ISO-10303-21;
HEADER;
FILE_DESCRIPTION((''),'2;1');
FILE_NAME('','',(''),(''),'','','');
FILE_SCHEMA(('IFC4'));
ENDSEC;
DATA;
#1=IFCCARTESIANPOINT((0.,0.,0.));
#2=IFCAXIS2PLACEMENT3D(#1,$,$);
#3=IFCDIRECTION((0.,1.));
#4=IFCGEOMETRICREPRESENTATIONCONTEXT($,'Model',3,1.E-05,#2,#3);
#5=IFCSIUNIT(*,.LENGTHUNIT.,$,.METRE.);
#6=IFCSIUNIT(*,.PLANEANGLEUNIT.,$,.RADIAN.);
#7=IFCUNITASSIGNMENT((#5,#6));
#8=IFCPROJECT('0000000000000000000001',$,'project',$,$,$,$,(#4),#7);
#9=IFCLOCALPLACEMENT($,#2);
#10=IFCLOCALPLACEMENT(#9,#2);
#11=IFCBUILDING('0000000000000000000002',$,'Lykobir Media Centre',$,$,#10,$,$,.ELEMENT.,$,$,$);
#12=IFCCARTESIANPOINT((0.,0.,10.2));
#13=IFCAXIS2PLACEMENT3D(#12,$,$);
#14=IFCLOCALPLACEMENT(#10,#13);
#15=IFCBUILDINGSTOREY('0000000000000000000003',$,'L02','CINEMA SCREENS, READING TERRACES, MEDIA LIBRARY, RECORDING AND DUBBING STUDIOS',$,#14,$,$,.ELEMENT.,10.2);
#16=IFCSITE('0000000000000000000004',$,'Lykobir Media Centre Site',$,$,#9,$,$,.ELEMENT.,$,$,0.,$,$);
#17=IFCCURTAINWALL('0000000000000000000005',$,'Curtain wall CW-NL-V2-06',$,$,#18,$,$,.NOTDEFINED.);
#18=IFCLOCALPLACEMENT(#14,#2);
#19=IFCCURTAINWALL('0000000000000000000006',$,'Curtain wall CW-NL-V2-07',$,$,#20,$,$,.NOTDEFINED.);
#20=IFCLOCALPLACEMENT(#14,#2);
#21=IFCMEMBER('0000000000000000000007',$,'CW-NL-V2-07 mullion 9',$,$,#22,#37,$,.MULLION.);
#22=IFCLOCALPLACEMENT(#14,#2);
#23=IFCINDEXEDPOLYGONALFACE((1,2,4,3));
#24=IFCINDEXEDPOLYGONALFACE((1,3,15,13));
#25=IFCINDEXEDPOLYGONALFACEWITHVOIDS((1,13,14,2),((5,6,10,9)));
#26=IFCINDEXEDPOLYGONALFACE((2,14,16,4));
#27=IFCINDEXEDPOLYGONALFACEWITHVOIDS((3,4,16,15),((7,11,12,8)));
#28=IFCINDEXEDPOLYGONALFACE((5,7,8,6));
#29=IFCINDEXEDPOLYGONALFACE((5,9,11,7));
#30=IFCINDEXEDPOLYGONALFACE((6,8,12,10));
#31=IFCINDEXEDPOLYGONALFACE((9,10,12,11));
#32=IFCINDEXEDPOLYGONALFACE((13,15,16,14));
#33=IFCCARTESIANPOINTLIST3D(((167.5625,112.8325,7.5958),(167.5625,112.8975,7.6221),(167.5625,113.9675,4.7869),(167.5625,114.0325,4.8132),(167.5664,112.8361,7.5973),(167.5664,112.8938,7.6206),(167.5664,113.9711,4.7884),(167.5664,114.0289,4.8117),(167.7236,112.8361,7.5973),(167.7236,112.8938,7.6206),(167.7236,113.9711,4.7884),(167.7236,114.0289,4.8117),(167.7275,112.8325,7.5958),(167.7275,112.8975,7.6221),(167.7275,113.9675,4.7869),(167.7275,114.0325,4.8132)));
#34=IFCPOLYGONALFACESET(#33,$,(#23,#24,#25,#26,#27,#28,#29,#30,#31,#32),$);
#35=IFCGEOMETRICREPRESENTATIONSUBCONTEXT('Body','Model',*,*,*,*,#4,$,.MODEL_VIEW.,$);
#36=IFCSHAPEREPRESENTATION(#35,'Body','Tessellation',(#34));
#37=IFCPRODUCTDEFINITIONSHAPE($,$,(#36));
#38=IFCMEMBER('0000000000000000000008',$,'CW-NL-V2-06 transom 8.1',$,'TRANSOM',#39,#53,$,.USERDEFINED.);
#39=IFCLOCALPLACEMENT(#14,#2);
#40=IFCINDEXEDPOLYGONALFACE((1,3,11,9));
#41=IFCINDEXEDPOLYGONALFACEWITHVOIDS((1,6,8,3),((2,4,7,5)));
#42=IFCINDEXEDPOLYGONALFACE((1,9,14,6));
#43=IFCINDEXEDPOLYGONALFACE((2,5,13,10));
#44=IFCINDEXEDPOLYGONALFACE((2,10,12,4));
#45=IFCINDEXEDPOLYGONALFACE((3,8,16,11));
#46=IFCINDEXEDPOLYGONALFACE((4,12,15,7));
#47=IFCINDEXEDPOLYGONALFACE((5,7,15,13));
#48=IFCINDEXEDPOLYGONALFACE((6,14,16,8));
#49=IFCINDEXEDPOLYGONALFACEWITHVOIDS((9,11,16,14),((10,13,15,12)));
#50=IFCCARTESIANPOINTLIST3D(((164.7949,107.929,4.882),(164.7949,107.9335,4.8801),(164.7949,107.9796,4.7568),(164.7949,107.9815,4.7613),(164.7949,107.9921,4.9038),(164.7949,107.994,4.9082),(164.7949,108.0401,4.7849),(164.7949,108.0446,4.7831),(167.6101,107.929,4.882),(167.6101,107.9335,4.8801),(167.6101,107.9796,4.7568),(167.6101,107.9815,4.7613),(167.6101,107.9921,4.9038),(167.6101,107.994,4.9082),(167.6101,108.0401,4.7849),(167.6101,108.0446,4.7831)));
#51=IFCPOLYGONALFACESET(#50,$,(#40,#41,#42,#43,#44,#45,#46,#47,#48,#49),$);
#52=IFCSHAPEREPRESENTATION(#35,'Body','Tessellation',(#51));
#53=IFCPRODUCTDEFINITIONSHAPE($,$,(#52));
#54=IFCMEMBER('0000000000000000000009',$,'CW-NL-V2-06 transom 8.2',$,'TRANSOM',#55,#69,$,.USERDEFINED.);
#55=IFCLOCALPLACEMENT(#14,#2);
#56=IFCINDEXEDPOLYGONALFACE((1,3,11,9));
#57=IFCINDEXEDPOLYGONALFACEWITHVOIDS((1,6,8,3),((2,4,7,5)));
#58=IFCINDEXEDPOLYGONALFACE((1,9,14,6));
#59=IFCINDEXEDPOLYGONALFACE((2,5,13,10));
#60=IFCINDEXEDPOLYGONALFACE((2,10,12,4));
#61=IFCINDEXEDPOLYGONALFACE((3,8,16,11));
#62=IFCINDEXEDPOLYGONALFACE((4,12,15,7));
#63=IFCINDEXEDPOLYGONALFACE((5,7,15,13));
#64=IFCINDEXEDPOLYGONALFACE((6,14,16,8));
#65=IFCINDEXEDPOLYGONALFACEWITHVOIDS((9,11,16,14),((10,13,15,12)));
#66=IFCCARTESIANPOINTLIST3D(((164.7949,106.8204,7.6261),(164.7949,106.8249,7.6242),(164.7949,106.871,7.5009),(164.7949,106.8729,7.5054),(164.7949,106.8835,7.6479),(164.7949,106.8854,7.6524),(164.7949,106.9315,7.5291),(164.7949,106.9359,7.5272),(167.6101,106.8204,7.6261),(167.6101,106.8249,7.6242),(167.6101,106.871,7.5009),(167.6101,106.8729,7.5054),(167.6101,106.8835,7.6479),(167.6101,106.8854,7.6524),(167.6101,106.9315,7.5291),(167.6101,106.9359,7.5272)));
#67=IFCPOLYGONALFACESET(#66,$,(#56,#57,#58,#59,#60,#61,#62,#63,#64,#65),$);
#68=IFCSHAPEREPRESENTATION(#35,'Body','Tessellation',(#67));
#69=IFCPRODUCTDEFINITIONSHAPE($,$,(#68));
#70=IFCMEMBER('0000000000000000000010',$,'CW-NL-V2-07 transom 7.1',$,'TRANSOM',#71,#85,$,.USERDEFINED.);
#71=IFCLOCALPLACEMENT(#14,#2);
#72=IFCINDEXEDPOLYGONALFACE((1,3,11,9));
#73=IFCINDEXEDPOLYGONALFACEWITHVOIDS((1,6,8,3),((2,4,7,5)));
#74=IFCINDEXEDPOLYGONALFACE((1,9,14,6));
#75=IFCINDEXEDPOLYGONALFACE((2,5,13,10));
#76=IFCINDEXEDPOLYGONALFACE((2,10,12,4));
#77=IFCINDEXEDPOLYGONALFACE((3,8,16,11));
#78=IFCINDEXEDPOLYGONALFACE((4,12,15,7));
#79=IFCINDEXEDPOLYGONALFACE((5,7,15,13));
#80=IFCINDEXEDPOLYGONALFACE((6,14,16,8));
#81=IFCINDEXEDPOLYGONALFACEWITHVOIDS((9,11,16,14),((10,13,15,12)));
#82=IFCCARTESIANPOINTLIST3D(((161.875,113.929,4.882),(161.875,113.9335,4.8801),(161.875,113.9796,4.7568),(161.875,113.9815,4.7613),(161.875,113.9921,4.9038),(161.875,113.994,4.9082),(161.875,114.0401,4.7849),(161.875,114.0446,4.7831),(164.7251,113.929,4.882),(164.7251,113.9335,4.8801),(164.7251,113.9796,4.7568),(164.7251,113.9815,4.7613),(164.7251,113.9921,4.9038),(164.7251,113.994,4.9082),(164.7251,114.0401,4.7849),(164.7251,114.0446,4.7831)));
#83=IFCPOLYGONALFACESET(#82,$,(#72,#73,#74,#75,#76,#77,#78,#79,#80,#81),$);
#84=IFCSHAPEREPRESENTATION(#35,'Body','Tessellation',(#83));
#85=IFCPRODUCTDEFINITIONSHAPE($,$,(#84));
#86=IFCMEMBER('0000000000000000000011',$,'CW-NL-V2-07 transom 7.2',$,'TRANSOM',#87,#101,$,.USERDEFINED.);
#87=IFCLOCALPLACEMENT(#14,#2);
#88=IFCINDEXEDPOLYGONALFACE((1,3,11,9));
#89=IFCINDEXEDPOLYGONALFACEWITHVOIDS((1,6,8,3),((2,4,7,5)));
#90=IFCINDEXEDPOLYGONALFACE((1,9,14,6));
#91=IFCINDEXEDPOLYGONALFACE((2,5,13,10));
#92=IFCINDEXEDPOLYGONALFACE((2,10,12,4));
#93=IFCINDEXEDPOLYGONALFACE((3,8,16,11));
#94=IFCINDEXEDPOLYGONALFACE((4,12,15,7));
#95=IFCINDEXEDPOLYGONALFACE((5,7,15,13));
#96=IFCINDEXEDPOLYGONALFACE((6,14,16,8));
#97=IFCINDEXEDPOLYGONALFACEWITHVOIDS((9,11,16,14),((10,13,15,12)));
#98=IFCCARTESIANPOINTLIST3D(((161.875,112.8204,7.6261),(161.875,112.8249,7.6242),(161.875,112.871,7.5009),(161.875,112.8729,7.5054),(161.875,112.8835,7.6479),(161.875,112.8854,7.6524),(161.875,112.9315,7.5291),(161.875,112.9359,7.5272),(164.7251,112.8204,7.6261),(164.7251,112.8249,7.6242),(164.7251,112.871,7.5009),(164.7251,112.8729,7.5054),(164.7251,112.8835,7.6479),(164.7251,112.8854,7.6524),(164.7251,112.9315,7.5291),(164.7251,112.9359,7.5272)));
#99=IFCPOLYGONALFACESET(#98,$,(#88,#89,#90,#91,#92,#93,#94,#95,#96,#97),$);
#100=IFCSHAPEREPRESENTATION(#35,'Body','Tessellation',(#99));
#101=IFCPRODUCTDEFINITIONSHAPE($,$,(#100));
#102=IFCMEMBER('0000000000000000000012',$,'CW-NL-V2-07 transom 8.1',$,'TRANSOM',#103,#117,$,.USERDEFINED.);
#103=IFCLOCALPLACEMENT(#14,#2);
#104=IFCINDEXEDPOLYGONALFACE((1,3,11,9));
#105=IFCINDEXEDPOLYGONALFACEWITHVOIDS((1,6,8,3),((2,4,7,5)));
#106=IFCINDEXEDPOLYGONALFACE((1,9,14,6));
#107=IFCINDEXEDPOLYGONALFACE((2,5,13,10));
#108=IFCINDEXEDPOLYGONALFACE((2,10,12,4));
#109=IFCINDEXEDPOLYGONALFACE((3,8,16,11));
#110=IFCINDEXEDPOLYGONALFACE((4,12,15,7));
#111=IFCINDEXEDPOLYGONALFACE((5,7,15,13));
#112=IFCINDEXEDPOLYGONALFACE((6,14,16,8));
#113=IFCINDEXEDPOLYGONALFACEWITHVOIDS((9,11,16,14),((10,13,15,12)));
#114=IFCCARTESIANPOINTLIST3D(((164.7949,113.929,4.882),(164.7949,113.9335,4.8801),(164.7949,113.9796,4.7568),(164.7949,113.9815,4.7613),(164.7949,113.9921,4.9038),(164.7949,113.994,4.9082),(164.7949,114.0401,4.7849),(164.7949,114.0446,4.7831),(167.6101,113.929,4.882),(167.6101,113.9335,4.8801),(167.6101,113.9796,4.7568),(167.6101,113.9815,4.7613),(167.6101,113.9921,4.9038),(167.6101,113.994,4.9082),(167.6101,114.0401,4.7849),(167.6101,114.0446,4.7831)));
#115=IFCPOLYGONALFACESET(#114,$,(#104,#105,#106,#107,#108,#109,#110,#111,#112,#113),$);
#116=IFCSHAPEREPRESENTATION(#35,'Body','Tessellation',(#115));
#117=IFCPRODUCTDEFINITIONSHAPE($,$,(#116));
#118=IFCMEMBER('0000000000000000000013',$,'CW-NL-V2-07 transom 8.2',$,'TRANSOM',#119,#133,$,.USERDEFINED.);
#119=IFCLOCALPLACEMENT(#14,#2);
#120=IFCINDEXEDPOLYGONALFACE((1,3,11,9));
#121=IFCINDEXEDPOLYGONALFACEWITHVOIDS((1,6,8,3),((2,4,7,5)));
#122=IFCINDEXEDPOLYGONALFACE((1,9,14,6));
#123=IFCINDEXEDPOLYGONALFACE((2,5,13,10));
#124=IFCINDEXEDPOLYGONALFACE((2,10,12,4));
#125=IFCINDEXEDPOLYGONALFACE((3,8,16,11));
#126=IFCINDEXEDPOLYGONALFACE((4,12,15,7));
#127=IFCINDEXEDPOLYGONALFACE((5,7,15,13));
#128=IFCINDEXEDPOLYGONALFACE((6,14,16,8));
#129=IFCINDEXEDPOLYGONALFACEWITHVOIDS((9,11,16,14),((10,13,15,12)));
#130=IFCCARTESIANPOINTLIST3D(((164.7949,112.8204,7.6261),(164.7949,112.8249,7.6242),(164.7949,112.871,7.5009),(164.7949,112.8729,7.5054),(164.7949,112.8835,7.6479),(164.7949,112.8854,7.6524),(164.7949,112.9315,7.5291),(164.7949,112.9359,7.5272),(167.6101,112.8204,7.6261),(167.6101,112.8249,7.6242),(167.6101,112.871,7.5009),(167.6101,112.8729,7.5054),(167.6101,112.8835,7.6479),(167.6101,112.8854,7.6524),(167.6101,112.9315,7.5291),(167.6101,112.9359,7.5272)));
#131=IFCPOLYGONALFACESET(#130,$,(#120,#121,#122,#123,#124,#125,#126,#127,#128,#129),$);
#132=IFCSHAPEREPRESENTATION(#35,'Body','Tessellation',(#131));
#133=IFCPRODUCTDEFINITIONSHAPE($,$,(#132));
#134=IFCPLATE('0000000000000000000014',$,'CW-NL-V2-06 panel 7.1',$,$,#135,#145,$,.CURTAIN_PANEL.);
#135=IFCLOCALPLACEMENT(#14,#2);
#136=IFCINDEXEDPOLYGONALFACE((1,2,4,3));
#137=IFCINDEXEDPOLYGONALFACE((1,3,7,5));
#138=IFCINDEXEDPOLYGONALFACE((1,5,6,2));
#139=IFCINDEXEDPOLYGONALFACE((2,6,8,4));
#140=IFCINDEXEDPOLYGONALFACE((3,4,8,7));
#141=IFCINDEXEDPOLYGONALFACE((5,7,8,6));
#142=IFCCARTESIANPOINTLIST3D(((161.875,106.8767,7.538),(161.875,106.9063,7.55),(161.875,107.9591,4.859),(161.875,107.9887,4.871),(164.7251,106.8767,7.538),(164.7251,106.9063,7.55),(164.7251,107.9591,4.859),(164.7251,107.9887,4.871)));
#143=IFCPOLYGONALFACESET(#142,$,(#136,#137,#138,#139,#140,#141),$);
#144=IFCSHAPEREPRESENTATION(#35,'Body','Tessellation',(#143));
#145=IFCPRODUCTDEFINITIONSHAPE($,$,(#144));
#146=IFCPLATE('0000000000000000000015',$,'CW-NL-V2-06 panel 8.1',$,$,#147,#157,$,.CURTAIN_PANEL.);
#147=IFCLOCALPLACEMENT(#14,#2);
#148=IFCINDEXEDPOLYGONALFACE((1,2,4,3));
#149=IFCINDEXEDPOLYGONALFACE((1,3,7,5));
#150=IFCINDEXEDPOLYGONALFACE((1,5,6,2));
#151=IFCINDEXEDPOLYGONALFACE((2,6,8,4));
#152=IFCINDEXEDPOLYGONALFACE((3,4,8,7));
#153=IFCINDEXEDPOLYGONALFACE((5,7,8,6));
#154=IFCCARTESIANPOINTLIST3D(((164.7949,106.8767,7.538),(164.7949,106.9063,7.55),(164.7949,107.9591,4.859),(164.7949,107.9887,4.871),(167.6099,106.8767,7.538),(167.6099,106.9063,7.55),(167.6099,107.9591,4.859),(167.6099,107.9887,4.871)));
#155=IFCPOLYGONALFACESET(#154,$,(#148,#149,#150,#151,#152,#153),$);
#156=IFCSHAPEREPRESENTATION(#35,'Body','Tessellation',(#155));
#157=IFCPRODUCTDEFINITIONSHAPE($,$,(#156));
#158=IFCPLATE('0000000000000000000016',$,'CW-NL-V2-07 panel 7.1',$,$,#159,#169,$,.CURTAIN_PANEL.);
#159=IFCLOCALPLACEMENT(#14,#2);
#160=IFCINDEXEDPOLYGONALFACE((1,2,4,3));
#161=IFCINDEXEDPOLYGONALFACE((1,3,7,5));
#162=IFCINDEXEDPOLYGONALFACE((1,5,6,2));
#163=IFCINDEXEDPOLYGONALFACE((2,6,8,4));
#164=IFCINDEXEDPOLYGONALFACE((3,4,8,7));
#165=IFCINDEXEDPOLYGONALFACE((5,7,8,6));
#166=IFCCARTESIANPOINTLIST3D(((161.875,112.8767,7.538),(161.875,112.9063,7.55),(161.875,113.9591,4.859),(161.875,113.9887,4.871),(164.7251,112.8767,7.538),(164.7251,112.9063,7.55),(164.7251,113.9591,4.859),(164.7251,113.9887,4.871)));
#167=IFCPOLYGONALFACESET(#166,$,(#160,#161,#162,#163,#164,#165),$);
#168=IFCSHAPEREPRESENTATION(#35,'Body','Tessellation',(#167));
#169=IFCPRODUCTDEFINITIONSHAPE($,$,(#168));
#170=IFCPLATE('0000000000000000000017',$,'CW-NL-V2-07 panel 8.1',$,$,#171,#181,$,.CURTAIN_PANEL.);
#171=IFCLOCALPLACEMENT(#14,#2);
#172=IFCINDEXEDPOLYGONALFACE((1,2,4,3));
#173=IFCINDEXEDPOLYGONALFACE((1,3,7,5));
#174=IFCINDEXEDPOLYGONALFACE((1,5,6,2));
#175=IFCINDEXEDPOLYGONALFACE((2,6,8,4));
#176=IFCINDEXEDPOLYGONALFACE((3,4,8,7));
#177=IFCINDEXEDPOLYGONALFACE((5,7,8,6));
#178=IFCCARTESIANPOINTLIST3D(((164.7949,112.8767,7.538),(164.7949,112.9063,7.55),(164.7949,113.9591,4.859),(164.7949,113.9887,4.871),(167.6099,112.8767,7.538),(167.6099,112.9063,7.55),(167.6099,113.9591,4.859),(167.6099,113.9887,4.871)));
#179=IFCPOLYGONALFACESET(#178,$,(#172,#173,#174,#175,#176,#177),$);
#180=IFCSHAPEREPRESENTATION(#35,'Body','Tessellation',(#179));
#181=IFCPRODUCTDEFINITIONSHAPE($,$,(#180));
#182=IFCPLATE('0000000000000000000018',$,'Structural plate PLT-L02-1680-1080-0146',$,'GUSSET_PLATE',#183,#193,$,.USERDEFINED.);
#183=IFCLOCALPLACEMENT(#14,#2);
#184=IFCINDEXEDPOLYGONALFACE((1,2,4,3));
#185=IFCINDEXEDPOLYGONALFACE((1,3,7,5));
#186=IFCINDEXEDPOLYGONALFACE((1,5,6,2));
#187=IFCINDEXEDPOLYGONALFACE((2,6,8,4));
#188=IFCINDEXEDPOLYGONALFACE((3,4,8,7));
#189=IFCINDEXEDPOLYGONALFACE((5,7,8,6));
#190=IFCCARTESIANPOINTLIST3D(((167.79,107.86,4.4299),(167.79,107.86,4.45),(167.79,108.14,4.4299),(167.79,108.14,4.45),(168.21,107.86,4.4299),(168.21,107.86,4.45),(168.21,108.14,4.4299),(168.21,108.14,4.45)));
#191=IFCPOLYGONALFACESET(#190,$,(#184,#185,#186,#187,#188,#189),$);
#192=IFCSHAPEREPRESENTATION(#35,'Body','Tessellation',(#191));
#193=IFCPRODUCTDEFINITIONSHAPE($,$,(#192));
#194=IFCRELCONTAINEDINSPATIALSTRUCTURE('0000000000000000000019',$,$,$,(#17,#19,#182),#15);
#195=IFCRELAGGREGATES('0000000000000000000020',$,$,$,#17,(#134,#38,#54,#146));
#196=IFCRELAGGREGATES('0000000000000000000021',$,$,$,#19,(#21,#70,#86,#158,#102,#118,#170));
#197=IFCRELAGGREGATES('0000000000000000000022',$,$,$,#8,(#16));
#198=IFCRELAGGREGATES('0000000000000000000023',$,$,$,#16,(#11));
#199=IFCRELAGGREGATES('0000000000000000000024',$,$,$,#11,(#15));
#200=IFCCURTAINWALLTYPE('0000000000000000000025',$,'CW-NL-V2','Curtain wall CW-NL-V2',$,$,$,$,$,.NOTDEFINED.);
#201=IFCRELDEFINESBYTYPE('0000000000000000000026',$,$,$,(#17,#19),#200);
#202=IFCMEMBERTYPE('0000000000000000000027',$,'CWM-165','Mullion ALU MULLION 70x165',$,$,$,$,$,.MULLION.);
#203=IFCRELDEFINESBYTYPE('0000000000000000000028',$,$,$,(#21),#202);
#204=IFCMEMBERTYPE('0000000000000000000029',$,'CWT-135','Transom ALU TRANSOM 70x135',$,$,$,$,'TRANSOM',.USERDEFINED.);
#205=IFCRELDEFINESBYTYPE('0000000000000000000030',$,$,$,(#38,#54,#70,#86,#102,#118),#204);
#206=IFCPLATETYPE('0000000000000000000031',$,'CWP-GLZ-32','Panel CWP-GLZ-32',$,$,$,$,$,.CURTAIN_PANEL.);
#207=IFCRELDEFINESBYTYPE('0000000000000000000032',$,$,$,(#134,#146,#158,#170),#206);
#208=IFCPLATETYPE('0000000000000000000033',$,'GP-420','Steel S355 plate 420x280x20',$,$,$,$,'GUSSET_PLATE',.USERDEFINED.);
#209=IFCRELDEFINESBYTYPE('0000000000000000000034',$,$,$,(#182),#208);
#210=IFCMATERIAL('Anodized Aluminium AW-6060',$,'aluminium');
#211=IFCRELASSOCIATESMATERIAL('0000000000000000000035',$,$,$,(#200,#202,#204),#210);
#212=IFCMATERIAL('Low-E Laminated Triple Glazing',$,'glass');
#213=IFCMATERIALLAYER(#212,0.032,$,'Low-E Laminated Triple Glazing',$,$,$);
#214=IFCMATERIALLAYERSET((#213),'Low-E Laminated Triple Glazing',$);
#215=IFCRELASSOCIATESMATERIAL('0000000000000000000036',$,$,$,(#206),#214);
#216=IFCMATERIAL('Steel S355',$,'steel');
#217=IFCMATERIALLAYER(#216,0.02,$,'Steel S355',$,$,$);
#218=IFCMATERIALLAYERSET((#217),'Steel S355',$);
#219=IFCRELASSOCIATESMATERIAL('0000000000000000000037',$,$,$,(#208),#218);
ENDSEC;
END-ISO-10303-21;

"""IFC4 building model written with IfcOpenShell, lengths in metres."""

from ifc_helpers import new_model, si_unit, direction, frame, origin, origin_2d, place, context, subcontext, project, spatial, rectangle, hollow_rectangle, extrude, material, layer, layer_set, material_profile, profile_set, type_object, element, aggregate, save


model = new_model("IFC4")

# Units and contexts
model_context = context("Model", 3, precision=1e-05, world=origin(), true_north=direction((0.0, 1.0)))
body_context = subcontext(model_context, "Body", "Model", "MODEL_VIEW")
ifc_project = project(units=[si_unit("LENGTHUNIT", "METRE"), si_unit("PLANEANGLEUNIT", "RADIAN")], contexts=[model_context])

# Site, building, storey
site_placement = place(None, origin())
site = spatial("IfcSite", under=ifc_project, at=site_placement, Name="Lykobir Media Centre Site", CompositionType="ELEMENT", RefElevation=0.0)
building_placement = place(site_placement, origin())
building = spatial("IfcBuilding", under=site, at=building_placement, Name="Lykobir Media Centre", CompositionType="ELEMENT")
storey_placement = place(building_placement, frame((0.0, 0.0, 10.2)))
storey = spatial("IfcBuildingStorey", under=building, at=storey_placement, Name="L02", Description="CINEMA SCREENS, READING TERRACES, MEDIA LIBRARY, RECORDING AND DUBBING STUDIOS", CompositionType="ELEMENT", Elevation=10.2)

# Shared definitions
ifc_material_1 = material(Name="Steel S355", Category="steel")

# Curtain walls, member
ifc_material_2 = material(Name="Anodized Aluminium AW-6060", Category="aluminium")
curtain_wall_type = type_object("IfcCurtainWallType", Name="CW-NL-V2", Description="Curtain wall CW-NL-V2", PredefinedType="NOTDEFINED", material=ifc_material_2)
curtain_wall_1_placement = place(storey_placement, origin())
curtain_wall_1 = element("IfcCurtainWall", 1, at=curtain_wall_1_placement, inside=storey, type_object=curtain_wall_type, Name="Curtain wall CW-NL-V2-06", PredefinedType="NOTDEFINED")
ifc_material_profile_1 = material_profile(ifc_material_2, hollow_rectangle(XDim=0.0701, YDim=0.165, WallThickness=0.0039, at=origin_2d()), Name="ALU MULLION 70x165")
ifc_profile_set_1 = profile_set([ifc_material_profile_1], Name="Anodized Aluminium AW-6060")
member_type_1 = type_object("IfcMemberType", Name="CWM-165", Description="Mullion ALU MULLION 70x165", PredefinedType="MULLION", material=ifc_profile_set_1)
curtain_wall_2_placement = place(storey_placement, origin())
curtain_wall_2 = element("IfcCurtainWall", 2, at=curtain_wall_2_placement, inside=storey, type_object=curtain_wall_type, Name="Curtain wall CW-NL-V2-07", PredefinedType="NOTDEFINED")
member_1_placement = place(storey_placement, frame((167.645, 114.0, 4.8), z_axis=(0.0, -0.374654, 0.927165), x_axis=(0.0, 0.927165, 0.374654)))
member_1 = element("IfcMember", 3, at=member_1_placement, type_object=member_type_1, Name="CW-NL-V2-07 mullion 9", PredefinedType="MULLION", context=body_context, shape_type="SweptSolid", body=[
    extrude(hollow_rectangle(XDim=0.0701, YDim=0.165, WallThickness=0.0039, at=origin_2d()), origin(), (0.0, 0.0, 1.0), 3.0295),
])

# Members
ifc_material_profile_2 = material_profile(ifc_material_2, hollow_rectangle(XDim=0.0701, YDim=0.135, WallThickness=0.0034, at=origin_2d()), Name="ALU TRANSOM 70x135")
ifc_profile_set_2 = profile_set([ifc_material_profile_2], Name="Anodized Aluminium AW-6060")
member_type_2 = type_object("IfcMemberType", Name="CWT-135", Description="Transom ALU TRANSOM 70x135", ElementType="TRANSOM", PredefinedType="USERDEFINED", material=ifc_profile_set_2)
member_2_placement = place(storey_placement, frame((164.7949, 107.9868, 4.8325), z_axis=(1.0, 0.0, 0.0), x_axis=(0.0, 0.927184, 0.374607)))
member_2 = element("IfcMember", 4, at=member_2_placement, type_object=member_type_2, Name="CW-NL-V2-06 transom 8.1", ObjectType="TRANSOM", PredefinedType="USERDEFINED", context=body_context, shape_type="SweptSolid", body=[
    extrude(hollow_rectangle(XDim=0.0701, YDim=0.135, WallThickness=0.0034, at=origin_2d()), origin(), (0.0, 0.0, 1.0), 2.8152),
])
member_3_placement = place(storey_placement, frame((164.7949, 106.8782, 7.5767), z_axis=(1.0, 0.0, 0.0), x_axis=(0.0, 0.927184, 0.374607)))
member_3 = element("IfcMember", 5, at=member_3_placement, type_object=member_type_2, Name="CW-NL-V2-06 transom 8.2", ObjectType="TRANSOM", PredefinedType="USERDEFINED", context=body_context, shape_type="SweptSolid", body=[
    extrude(hollow_rectangle(XDim=0.0701, YDim=0.135, WallThickness=0.0034, at=origin_2d()), origin(), (0.0, 0.0, 1.0), 2.8152),
])
member_4_placement = place(storey_placement, frame((161.875, 113.9868, 4.8325), z_axis=(1.0, 0.0, 0.0), x_axis=(0.0, 0.927184, 0.374607)))
member_4 = element("IfcMember", 6, at=member_4_placement, type_object=member_type_2, Name="CW-NL-V2-07 transom 7.1", ObjectType="TRANSOM", PredefinedType="USERDEFINED", context=body_context, shape_type="SweptSolid", body=[
    extrude(hollow_rectangle(XDim=0.0701, YDim=0.135, WallThickness=0.0034, at=origin_2d()), origin(), (0.0, 0.0, 1.0), 2.8501),
])
member_5_placement = place(storey_placement, frame((161.875, 112.8782, 7.5767), z_axis=(1.0, 0.0, 0.0), x_axis=(0.0, 0.927184, 0.374607)))
member_5 = element("IfcMember", 7, at=member_5_placement, type_object=member_type_2, Name="CW-NL-V2-07 transom 7.2", ObjectType="TRANSOM", PredefinedType="USERDEFINED", context=body_context, shape_type="SweptSolid", body=[
    extrude(hollow_rectangle(XDim=0.0701, YDim=0.135, WallThickness=0.0034, at=origin_2d()), origin(), (0.0, 0.0, 1.0), 2.8501),
])
member_6_placement = place(storey_placement, frame((164.7949, 113.9868, 4.8325), z_axis=(1.0, 0.0, 0.0), x_axis=(0.0, 0.927184, 0.374607)))
member_6 = element("IfcMember", 8, at=member_6_placement, type_object=member_type_2, Name="CW-NL-V2-07 transom 8.1", ObjectType="TRANSOM", PredefinedType="USERDEFINED", context=body_context, shape_type="SweptSolid", body=[
    extrude(hollow_rectangle(XDim=0.0701, YDim=0.135, WallThickness=0.0034, at=origin_2d()), origin(), (0.0, 0.0, 1.0), 2.8152),
])
member_7_placement = place(storey_placement, frame((164.7949, 112.8782, 7.5767), z_axis=(1.0, 0.0, 0.0), x_axis=(0.0, 0.927184, 0.374607)))
member_7 = element("IfcMember", 9, at=member_7_placement, type_object=member_type_2, Name="CW-NL-V2-07 transom 8.2", ObjectType="TRANSOM", PredefinedType="USERDEFINED", context=body_context, shape_type="SweptSolid", body=[
    extrude(hollow_rectangle(XDim=0.0701, YDim=0.135, WallThickness=0.0034, at=origin_2d()), origin(), (0.0, 0.0, 1.0), 2.8152),
])

# Plates
ifc_material_3 = material(Name="Low-E Laminated Triple Glazing", Category="glass")
ifc_layer_1 = layer(ifc_material_3, 0.032, Name="Low-E Laminated Triple Glazing")
ifc_layer_set_1 = layer_set([ifc_layer_1], Name="Low-E Laminated Triple Glazing")
plate_type_1 = type_object("IfcPlateType", Name="CWP-GLZ-32", Description="Panel CWP-GLZ-32", PredefinedType="CURTAIN_PANEL", material=ifc_layer_set_1)
plate_1_placement = place(storey_placement, frame((163.3, 107.9739, 4.865), z_axis=(0.0, -0.374607, 0.927184), x_axis=(1.0, 0.0, 0.0)))
plate_1 = element("IfcPlate", 10, at=plate_1_placement, type_object=plate_type_1, Name="CW-NL-V2-06 panel 7.1", PredefinedType="CURTAIN_PANEL", context=body_context, shape_type="SweptSolid", body=[
    extrude(rectangle(XDim=2.8501, YDim=0.032, at=origin_2d()), origin(), (0.0, 0.0, 1.0), 2.8894),
])
plate_2_placement = place(storey_placement, frame((166.2024, 107.9739, 4.865), z_axis=(0.0, -0.374607, 0.927184), x_axis=(1.0, 0.0, 0.0)))
plate_2 = element("IfcPlate", 11, at=plate_2_placement, type_object=plate_type_1, Name="CW-NL-V2-06 panel 8.1", PredefinedType="CURTAIN_PANEL", context=body_context, shape_type="SweptSolid", body=[
    extrude(rectangle(XDim=2.8149, YDim=0.032, at=origin_2d()), origin(), (0.0, 0.0, 1.0), 2.8894),
])
aggregate(curtain_wall_1, [plate_1, member_2, member_3, plate_2])
plate_3_placement = place(storey_placement, frame((163.3, 113.9739, 4.865), z_axis=(0.0, -0.374607, 0.927184), x_axis=(1.0, 0.0, 0.0)))
plate_3 = element("IfcPlate", 12, at=plate_3_placement, type_object=plate_type_1, Name="CW-NL-V2-07 panel 7.1", PredefinedType="CURTAIN_PANEL", context=body_context, shape_type="SweptSolid", body=[
    extrude(rectangle(XDim=2.8501, YDim=0.032, at=origin_2d()), origin(), (0.0, 0.0, 1.0), 2.8894),
])
plate_4_placement = place(storey_placement, frame((166.2024, 113.9739, 4.865), z_axis=(0.0, -0.374607, 0.927184), x_axis=(1.0, 0.0, 0.0)))
plate_4 = element("IfcPlate", 13, at=plate_4_placement, type_object=plate_type_1, Name="CW-NL-V2-07 panel 8.1", PredefinedType="CURTAIN_PANEL", context=body_context, shape_type="SweptSolid", body=[
    extrude(rectangle(XDim=2.8149, YDim=0.032, at=origin_2d()), origin(), (0.0, 0.0, 1.0), 2.8894),
])
aggregate(curtain_wall_2, [member_1, member_4, member_5, plate_3, member_6, member_7, plate_4])

# Plate
ifc_layer_2 = layer(ifc_material_1, 0.02, Name="Steel S355")
ifc_layer_set_2 = layer_set([ifc_layer_2], Name="Steel S355")
plate_type_2 = type_object("IfcPlateType", Name="GP-420", Description="Steel S355 plate 420x280x20", ElementType="GUSSET_PLATE", PredefinedType="USERDEFINED", material=ifc_layer_set_2)
plate_5_placement = place(storey_placement, frame((168.0, 108.0, 4.4299), z_axis=(0.0, 0.0, 1.0), x_axis=(1.0, 0.0, 0.0)))
element("IfcPlate", 14, at=plate_5_placement, inside=storey, type_object=plate_type_2, Name="Structural plate PLT-L02-1680-1080-0146", ObjectType="GUSSET_PLATE", PredefinedType="USERDEFINED", context=body_context, shape_type="SweptSolid", body=[
    extrude(rectangle(XDim=0.4199, YDim=0.28, at=origin_2d()), origin(), (0.0, 0.0, 1.0), 0.02),
])

save(model, "model.ifc")
